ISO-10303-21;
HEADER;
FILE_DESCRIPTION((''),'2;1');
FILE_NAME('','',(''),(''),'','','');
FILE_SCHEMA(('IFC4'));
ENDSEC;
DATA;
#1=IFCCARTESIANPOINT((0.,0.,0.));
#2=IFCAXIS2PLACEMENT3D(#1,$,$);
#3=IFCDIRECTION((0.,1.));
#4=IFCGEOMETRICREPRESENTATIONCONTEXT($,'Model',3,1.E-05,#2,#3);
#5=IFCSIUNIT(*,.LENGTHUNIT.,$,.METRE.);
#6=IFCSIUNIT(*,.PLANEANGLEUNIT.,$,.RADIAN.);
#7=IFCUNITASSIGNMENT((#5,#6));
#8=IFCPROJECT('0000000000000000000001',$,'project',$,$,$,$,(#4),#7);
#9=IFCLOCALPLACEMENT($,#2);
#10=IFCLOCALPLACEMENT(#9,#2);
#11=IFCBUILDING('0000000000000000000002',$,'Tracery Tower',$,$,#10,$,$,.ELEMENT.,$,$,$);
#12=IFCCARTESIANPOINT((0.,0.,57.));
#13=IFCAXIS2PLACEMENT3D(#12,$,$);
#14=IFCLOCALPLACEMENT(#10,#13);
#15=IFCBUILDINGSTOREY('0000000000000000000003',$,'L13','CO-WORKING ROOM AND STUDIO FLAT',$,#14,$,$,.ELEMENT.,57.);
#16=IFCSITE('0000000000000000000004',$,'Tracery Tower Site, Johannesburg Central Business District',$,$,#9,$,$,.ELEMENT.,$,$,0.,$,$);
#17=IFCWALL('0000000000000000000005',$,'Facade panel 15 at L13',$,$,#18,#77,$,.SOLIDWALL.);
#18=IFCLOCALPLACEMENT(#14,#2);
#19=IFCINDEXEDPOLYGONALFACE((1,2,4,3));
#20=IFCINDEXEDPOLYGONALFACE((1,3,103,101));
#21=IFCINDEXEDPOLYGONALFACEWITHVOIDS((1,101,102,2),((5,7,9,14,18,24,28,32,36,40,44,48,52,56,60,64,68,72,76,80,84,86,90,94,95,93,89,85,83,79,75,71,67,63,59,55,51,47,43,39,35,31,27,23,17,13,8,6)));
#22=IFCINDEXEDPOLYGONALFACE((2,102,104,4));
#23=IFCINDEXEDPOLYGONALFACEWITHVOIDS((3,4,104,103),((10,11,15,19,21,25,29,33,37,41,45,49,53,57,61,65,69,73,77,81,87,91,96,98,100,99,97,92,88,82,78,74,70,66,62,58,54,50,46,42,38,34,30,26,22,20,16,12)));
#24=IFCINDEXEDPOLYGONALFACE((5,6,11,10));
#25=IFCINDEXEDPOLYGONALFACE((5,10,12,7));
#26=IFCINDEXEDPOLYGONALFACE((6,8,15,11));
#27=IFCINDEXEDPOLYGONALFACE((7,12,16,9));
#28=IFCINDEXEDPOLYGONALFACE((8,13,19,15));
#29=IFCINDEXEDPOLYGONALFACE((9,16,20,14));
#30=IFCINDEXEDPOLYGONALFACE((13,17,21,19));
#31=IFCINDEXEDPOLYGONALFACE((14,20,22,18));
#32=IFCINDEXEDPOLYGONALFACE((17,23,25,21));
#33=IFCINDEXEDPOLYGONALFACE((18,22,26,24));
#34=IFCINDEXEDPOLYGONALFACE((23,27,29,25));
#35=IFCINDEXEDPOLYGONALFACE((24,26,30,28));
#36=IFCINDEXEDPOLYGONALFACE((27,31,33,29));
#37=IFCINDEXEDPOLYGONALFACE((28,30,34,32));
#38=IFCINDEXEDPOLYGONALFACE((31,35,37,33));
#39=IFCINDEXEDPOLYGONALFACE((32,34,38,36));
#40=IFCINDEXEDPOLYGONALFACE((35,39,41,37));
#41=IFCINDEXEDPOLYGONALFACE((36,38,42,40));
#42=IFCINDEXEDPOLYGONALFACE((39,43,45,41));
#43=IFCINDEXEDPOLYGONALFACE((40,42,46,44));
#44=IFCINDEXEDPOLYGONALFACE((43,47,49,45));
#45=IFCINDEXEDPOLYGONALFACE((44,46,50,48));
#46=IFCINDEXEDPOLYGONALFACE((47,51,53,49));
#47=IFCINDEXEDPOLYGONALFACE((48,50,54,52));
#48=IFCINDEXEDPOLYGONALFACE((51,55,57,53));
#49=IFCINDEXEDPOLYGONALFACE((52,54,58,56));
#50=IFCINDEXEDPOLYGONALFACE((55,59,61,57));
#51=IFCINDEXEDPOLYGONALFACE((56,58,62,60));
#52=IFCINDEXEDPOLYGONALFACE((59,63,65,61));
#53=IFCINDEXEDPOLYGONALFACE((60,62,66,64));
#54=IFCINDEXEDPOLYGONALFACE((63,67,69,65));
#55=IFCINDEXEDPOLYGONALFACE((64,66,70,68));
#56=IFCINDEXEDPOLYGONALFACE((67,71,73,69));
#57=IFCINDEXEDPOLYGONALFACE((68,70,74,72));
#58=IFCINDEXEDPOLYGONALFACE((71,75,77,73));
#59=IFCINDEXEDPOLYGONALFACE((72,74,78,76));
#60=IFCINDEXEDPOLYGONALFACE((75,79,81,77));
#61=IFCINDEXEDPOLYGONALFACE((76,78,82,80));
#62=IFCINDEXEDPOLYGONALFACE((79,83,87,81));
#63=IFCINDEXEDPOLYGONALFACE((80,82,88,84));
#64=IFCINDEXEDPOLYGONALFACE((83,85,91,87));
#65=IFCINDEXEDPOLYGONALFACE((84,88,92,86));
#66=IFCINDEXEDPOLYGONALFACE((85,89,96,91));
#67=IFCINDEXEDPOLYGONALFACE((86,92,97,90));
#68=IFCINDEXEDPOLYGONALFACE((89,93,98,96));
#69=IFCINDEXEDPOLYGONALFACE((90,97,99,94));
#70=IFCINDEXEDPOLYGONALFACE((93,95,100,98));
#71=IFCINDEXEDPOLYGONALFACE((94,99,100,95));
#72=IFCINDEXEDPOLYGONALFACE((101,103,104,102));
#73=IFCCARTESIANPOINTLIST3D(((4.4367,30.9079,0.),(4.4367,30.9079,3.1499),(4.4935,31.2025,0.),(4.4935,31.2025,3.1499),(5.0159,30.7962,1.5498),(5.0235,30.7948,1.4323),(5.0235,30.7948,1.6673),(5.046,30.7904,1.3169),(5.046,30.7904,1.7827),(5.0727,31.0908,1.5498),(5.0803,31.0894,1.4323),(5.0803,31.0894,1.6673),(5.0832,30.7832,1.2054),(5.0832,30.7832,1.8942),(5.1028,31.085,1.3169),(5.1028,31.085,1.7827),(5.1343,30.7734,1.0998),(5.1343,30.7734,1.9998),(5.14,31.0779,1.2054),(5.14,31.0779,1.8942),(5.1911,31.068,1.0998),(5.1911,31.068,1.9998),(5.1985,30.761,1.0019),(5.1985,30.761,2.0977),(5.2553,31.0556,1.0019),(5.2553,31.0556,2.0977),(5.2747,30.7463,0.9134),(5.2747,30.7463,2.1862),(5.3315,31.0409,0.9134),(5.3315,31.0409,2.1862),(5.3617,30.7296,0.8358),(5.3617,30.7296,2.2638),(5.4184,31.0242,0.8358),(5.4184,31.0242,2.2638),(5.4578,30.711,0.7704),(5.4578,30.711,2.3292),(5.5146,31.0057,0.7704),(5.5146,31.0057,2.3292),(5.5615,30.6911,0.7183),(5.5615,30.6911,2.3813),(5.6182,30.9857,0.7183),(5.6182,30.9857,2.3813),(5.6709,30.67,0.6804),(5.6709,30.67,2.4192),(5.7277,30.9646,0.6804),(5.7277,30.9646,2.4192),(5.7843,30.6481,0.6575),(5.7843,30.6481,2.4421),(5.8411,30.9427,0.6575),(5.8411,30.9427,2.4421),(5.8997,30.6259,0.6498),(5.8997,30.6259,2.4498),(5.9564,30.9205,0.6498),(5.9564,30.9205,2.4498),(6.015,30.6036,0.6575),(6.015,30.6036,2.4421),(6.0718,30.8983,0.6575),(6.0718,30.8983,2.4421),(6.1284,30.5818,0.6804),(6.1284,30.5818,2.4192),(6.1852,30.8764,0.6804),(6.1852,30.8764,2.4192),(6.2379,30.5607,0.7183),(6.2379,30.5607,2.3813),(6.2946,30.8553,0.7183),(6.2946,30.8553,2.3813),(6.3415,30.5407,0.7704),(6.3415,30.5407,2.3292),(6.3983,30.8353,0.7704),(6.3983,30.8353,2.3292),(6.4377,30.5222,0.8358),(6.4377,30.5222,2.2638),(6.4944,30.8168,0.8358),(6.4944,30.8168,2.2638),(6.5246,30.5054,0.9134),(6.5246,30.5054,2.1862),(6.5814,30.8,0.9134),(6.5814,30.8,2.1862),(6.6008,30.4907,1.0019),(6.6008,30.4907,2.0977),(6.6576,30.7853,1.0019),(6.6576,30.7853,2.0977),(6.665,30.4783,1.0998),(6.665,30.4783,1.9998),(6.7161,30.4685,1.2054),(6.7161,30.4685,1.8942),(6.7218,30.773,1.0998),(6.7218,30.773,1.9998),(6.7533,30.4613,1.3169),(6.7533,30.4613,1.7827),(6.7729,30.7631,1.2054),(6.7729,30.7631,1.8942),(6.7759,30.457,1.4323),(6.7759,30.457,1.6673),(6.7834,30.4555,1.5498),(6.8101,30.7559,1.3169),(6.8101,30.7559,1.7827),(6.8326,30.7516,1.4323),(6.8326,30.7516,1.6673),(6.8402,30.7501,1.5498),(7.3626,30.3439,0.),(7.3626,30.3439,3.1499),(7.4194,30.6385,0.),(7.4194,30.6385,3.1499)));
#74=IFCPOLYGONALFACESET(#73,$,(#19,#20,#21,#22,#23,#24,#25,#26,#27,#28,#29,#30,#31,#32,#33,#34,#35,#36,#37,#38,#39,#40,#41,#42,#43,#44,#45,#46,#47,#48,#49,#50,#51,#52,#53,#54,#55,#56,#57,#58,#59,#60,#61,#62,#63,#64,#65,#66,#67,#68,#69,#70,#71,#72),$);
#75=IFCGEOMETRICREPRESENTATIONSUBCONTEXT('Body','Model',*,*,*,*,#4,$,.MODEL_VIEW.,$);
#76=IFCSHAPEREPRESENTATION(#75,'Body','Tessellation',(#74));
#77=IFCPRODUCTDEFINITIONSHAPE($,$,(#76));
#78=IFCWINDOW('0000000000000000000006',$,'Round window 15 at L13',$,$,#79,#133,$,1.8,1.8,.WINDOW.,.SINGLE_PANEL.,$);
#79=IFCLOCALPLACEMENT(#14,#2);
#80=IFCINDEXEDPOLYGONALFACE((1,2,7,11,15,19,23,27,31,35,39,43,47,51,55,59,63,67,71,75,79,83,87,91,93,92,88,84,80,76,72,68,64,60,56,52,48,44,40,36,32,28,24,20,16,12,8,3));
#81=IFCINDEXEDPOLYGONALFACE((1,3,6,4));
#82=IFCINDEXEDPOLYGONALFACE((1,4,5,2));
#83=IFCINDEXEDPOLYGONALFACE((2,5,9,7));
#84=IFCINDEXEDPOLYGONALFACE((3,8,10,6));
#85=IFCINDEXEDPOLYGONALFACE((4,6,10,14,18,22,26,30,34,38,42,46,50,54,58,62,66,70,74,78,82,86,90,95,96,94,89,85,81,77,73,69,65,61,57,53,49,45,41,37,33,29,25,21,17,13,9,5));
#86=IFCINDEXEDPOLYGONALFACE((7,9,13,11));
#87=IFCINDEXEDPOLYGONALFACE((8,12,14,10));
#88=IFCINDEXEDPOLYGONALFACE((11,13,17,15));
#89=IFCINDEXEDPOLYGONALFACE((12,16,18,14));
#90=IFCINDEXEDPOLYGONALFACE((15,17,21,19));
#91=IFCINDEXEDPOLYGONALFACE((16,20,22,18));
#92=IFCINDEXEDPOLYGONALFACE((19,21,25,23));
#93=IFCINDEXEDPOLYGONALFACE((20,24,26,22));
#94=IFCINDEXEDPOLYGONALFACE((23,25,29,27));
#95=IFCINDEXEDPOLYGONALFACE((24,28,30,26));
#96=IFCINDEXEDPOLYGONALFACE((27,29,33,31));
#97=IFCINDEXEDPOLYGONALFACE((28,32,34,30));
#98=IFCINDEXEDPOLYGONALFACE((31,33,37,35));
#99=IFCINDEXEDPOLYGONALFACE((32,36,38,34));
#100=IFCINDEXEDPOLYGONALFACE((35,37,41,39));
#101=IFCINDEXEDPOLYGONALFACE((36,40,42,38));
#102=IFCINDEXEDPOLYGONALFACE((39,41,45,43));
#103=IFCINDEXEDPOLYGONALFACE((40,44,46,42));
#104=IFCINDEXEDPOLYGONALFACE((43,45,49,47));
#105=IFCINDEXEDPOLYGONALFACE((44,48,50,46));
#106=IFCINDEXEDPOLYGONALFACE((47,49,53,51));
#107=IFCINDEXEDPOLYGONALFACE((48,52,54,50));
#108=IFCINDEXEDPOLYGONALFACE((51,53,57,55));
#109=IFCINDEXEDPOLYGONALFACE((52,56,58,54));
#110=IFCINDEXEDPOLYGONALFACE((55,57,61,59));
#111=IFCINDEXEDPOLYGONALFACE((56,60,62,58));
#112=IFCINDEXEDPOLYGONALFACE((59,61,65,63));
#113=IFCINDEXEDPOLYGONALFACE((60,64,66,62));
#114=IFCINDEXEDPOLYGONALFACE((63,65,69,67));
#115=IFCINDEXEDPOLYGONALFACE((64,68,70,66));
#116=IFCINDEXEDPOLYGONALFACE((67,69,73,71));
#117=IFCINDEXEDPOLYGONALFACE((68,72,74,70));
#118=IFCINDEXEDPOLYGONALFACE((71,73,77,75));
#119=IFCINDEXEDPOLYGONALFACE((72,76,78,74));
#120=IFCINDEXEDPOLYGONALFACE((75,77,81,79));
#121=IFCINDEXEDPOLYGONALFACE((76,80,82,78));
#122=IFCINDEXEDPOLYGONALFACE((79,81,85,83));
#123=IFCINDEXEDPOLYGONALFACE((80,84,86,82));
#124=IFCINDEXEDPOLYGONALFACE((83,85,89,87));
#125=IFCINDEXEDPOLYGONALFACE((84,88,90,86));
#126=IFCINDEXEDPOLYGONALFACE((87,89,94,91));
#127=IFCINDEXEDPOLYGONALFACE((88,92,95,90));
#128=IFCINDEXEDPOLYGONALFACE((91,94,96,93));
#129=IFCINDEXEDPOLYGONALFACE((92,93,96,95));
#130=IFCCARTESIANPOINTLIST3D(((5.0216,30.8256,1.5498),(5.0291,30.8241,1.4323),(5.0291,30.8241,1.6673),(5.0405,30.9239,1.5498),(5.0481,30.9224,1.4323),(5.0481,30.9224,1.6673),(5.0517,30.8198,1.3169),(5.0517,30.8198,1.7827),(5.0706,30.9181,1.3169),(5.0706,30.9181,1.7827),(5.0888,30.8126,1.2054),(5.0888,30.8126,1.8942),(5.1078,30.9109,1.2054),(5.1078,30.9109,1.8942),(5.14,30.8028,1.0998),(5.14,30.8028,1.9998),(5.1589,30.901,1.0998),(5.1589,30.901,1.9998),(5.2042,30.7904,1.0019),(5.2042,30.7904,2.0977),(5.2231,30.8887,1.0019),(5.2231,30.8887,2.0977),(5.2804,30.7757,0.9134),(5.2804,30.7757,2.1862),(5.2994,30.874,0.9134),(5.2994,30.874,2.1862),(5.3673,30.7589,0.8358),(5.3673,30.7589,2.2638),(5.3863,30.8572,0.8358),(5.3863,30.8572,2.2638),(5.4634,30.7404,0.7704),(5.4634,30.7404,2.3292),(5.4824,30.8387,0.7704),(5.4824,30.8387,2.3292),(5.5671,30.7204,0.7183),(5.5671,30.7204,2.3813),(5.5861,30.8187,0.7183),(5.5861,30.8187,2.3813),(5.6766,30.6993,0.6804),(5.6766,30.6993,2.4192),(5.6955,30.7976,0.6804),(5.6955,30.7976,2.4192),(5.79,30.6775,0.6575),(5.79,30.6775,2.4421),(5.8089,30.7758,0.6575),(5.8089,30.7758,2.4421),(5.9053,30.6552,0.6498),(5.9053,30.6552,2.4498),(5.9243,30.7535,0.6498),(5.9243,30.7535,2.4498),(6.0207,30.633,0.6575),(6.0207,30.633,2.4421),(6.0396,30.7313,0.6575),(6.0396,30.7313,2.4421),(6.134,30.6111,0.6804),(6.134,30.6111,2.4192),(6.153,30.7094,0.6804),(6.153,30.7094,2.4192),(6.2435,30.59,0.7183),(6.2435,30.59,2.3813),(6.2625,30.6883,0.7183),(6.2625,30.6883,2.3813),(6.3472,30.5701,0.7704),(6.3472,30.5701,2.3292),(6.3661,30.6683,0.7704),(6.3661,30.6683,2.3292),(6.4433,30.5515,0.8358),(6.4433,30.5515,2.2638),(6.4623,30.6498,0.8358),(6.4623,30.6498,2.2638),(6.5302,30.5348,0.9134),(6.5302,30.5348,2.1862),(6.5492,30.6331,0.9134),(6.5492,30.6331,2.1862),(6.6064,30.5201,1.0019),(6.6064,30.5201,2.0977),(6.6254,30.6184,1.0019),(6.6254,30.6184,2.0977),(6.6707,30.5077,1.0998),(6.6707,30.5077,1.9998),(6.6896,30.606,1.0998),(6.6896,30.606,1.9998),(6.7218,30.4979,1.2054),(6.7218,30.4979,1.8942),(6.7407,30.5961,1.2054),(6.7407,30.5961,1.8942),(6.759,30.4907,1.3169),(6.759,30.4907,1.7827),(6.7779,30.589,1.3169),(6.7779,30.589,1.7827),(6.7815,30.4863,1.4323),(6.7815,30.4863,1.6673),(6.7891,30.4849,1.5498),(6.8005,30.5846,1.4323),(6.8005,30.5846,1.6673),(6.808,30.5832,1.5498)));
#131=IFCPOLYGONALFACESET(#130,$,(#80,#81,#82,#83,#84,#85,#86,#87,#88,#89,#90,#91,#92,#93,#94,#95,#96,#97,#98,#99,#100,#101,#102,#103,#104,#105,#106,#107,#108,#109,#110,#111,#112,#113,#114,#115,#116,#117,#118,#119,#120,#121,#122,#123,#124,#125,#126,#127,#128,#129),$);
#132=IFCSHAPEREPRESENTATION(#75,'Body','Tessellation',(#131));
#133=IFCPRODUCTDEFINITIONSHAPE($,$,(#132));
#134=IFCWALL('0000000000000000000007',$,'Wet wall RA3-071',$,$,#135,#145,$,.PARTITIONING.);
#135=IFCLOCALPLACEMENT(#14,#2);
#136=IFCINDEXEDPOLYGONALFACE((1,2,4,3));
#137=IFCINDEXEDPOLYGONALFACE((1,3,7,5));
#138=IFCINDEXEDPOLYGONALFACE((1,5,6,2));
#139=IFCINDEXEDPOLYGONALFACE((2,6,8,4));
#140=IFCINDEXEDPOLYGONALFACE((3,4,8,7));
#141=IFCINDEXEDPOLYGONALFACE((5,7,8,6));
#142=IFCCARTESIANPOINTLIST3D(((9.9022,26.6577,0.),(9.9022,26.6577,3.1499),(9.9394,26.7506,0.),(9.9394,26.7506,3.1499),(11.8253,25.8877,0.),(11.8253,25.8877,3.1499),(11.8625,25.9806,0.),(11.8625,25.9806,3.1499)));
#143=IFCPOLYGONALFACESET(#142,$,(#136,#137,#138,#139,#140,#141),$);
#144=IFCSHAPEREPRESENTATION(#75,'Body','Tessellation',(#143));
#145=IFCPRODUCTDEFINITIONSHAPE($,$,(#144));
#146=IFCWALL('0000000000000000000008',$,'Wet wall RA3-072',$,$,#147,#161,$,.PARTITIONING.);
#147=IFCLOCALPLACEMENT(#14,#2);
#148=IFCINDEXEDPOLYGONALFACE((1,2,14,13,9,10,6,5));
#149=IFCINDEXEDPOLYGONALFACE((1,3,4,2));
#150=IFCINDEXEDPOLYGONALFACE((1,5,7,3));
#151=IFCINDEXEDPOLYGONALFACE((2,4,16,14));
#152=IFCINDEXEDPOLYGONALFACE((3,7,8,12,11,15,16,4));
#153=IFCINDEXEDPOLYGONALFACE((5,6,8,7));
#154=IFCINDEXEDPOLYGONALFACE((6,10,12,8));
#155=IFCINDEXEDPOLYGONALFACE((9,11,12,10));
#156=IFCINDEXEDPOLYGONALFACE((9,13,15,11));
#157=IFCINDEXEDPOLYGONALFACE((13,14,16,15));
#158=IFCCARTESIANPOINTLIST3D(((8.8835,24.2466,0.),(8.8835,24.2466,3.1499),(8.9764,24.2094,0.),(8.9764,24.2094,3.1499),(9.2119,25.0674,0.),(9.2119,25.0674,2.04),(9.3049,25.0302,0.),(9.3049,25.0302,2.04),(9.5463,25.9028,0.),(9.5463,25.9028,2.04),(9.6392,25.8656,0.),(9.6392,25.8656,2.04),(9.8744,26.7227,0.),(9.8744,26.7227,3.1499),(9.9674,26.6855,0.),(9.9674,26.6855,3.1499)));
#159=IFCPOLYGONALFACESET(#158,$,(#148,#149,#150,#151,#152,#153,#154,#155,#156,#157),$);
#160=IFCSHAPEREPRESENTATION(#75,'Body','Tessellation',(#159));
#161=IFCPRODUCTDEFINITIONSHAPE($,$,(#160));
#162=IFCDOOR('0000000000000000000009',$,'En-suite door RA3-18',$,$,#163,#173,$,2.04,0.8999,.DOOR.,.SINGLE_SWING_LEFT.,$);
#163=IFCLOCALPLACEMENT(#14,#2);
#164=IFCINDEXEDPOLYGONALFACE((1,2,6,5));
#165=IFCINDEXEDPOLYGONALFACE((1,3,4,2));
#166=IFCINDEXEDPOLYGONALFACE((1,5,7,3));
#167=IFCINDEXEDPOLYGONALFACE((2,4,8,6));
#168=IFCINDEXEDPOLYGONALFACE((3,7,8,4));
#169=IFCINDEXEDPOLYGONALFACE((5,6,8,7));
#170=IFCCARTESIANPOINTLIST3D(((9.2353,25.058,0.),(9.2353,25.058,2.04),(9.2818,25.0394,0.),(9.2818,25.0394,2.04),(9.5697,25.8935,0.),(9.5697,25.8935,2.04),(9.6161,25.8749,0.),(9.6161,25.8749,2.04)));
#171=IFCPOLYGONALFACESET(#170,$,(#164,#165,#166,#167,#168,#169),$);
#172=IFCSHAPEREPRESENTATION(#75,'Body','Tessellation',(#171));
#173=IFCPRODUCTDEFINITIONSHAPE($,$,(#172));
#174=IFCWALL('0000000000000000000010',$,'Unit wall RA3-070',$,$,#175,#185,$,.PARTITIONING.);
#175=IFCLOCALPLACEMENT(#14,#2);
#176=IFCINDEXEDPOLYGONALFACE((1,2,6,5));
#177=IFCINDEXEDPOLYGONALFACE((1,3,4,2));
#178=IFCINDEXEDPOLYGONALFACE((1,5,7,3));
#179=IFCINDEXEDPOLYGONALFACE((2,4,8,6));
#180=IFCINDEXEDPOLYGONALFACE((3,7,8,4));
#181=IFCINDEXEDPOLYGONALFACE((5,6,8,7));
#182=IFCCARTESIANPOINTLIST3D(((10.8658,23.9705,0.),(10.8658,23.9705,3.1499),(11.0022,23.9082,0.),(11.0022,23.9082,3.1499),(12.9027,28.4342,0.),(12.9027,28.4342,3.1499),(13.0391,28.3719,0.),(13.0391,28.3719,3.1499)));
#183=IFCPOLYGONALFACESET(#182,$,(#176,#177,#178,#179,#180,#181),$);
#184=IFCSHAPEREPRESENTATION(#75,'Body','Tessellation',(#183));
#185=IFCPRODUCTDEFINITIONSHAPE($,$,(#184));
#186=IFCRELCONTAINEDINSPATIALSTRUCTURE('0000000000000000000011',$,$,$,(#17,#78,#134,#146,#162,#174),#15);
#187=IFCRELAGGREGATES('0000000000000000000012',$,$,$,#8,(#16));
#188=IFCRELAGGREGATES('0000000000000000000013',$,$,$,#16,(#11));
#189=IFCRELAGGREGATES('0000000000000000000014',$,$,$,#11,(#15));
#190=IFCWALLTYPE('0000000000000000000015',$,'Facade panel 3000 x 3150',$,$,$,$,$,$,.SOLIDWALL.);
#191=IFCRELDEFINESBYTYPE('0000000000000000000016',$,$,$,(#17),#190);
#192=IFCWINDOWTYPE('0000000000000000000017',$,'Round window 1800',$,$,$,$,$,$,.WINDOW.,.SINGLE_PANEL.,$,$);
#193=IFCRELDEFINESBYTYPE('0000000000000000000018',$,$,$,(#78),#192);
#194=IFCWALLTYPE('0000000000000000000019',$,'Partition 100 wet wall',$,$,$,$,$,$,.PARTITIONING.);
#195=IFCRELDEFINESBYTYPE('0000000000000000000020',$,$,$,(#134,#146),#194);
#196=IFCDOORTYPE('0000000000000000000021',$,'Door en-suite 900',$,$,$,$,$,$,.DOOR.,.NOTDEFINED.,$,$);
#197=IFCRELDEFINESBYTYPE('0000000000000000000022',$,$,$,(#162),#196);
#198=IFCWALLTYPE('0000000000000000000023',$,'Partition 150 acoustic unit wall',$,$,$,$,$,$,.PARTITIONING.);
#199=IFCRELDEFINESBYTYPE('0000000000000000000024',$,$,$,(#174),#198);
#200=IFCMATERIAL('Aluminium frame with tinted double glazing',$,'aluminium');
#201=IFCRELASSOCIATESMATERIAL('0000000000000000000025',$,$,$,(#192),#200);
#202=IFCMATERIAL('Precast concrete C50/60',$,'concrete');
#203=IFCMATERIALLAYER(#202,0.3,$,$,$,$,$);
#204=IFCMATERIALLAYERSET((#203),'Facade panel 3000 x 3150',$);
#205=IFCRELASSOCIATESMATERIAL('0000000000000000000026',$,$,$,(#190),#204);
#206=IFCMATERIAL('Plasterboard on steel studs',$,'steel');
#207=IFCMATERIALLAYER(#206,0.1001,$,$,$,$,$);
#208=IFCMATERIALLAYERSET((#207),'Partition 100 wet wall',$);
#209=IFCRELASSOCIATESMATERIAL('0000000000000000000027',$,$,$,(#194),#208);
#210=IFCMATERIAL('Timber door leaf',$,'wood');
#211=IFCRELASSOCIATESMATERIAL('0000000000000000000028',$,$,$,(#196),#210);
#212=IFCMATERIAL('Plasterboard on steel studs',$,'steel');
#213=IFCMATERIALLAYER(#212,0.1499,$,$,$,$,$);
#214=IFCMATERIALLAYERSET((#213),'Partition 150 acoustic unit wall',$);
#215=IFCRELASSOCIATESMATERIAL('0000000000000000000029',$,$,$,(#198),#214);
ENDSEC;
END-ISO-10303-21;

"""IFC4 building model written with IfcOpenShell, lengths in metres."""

from ifc_helpers import new_model, si_unit, direction, frame, frame_2d, origin, origin_2d, place, context, subcontext, project, spatial, rectangle, circle, extrude, material, layer, layer_set, type_object, element, fill, save


model = new_model("IFC4")

# Units and contexts
model_context = context("Model", 3, precision=1e-05, world=origin(), true_north=direction((0.0, 1.0)))
body_context = subcontext(model_context, "Body", "Model", "MODEL_VIEW")
ifc_project = project(units=[si_unit("LENGTHUNIT", "METRE"), si_unit("PLANEANGLEUNIT", "RADIAN")], contexts=[model_context])

# Site, building, storey
site_placement = place(None, origin())
site = spatial("IfcSite", under=ifc_project, at=site_placement, Name="Tracery Tower Site, Johannesburg Central Business District", CompositionType="ELEMENT", RefElevation=0.0)
building_placement = place(site_placement, origin())
building = spatial("IfcBuilding", under=site, at=building_placement, Name="Tracery Tower", CompositionType="ELEMENT")
storey_placement = place(building_placement, frame((0.0, 0.0, 57.0)))
storey = spatial("IfcBuildingStorey", under=building, at=storey_placement, Name="L13", Description="CO-WORKING ROOM AND STUDIO FLAT", CompositionType="ELEMENT", Elevation=57.0)

# Wall, opening, window
ifc_material_1 = material(Name="Aluminium frame with tinted double glazing", Category="aluminium")
window_type = type_object("IfcWindowType", Name="Round window 1800", PartitioningType="SINGLE_PANEL", PredefinedType="WINDOW", material=ifc_material_1)
ifc_material_2 = material(Name="Precast concrete C50/60", Category="concrete")
ifc_layer_1 = layer(ifc_material_2, 0.3)
ifc_layer_set_1 = layer_set([ifc_layer_1], Name="Facade panel 3000 x 3150")
wall_type_1 = type_object("IfcWallType", Name="Facade panel 3000 x 3150", PredefinedType="SOLIDWALL", material=ifc_layer_set_1)
wall_1_placement = place(storey_placement, frame((7.3909, 30.4912, 0.0), z_axis=(0.0, 0.0, 1.0), x_axis=(-0.981925, 0.189273, 0.0)))
wall_1 = element("IfcWall", 1, at=wall_1_placement, inside=storey, type_object=wall_type_1, Name="Facade panel 15 at L13", PredefinedType="SOLIDWALL", context=body_context, shape_type="SweptSolid", body=[
    extrude(rectangle(XDim=2.9797, YDim=0.3, at=frame_2d((1.4897, 0.0))), origin(), (0.0, 0.0, 1.0), 3.1499),
])
opening_1_placement = place(wall_1_placement, frame((1.4897, 0.0, 1.5498)))
opening_1 = element("IfcOpeningElement", 2, at=opening_1_placement, cuts=wall_1, PredefinedType="OPENING", context=body_context, shape_type="SweptSolid", body=[
    extrude(circle(Radius=0.9, at=origin_2d()), frame((0.0, 0.1599, 0.0), z_axis=(0.0, -1.0, 0.0), x_axis=(1.0, 0.0, 0.0)), (0.0, 0.0, 1.0), 0.3201),
])
window_1_placement = place(opening_1_placement, origin())
window_1 = element("IfcWindow", 3, at=window_1_placement, inside=storey, type_object=window_type, Name="Round window 15 at L13", OverallHeight=1.8, OverallWidth=1.8, PartitioningType="SINGLE_PANEL", PredefinedType="WINDOW", context=body_context, shape_type="SweptSolid", body=[
    extrude(circle(Radius=0.9, at=origin_2d()), frame((0.0, 0.1201, 0.0), z_axis=(0.0, -1.0, 0.0), x_axis=(1.0, 0.0, 0.0)), (0.0, 0.0, 1.0), 0.1001),
])
fill(opening_1, window_1)

# Wall
ifc_material_3 = material(Name="Plasterboard on steel studs", Category="steel")
ifc_layer_2 = layer(ifc_material_3, 0.1001)
ifc_layer_set_2 = layer_set([ifc_layer_2], Name="Partition 100 wet wall")
wall_type_2 = type_object("IfcWallType", Name="Partition 100 wet wall", PredefinedType="PARTITIONING", material=ifc_layer_set_2)
wall_2_placement = place(storey_placement, frame((9.9209, 26.7041, 0.0), z_axis=(0.0, 0.0, 1.0), x_axis=(0.928347, -0.371716, 0.0)))
element("IfcWall", 4, at=wall_2_placement, inside=storey, type_object=wall_type_2, Name="Wet wall RA3-071", PredefinedType="PARTITIONING", context=body_context, shape_type="SweptSolid", body=[
    extrude(rectangle(XDim=2.0715, YDim=0.1001, at=frame_2d((1.0356, 0.0))), origin(), (0.0, 0.0, 1.0), 3.1499),
])

# Wall, opening, door
wall_3_placement = place(storey_placement, frame((8.9299, 24.228, 0.0), z_axis=(0.0, 0.0, 1.0), x_axis=(0.371564, 0.928407, 0.0)))
wall_3 = element("IfcWall", 5, at=wall_3_placement, inside=storey, type_object=wall_type_2, Name="Wet wall RA3-072", PredefinedType="PARTITIONING", context=body_context, shape_type="SweptSolid", body=[
    extrude(rectangle(XDim=2.667, YDim=0.1001, at=frame_2d((1.3335, 0.0))), origin(), (0.0, 0.0, 1.0), 3.1499),
])
opening_2_placement = place(wall_3_placement, frame((0.884, 0.0, 0.0)))
opening_2 = element("IfcOpeningElement", 6, at=opening_2_placement, cuts=wall_3, PredefinedType="OPENING", context=body_context, shape_type="SweptSolid", body=[
    extrude(rectangle(XDim=0.8999, YDim=2.04, at=frame_2d((0.45, 1.02))), frame((0.0, 0.05, 0.0), z_axis=(0.0, -1.0, 0.0), x_axis=(1.0, 0.0, 0.0)), (0.0, 0.0, 1.0), 0.1001),
])
ifc_material_4 = material(Name="Timber door leaf", Category="wood")
door_type_1 = type_object("IfcDoorType", Name="Door en-suite 900", OperationType="NOTDEFINED", PredefinedType="DOOR", material=ifc_material_4)
door_1_placement = place(opening_2_placement, origin())
door_1 = element("IfcDoor", 7, at=door_1_placement, inside=storey, type_object=door_type_1, Name="En-suite door RA3-18", OperationType="SINGLE_SWING_LEFT", OverallHeight=2.04, OverallWidth=0.8999, PredefinedType="DOOR", context=body_context, shape_type="SweptSolid", body=[
    extrude(rectangle(XDim=0.8999, YDim=2.04, at=frame_2d((0.45, 1.02))), frame((0.0, 0.0249, 0.0), z_axis=(0.0, -1.0, 0.0), x_axis=(1.0, 0.0, 0.0)), (0.0, 0.0, 1.0), 0.05),
])
fill(opening_2, door_1)

# Wall
ifc_material_5 = material(Name="Plasterboard on steel studs", Category="steel")
ifc_layer_3 = layer(ifc_material_5, 0.1499)
ifc_layer_set_3 = layer_set([ifc_layer_3], Name="Partition 150 acoustic unit wall")
wall_type_3 = type_object("IfcWallType", Name="Partition 150 acoustic unit wall", PredefinedType="PARTITIONING", material=ifc_layer_set_3)
wall_4_placement = place(storey_placement, frame((10.9341, 23.9395, 0.0), z_axis=(0.0, 0.0, 1.0), x_axis=(0.415145, 0.909755, 0.0)))
element("IfcWall", 8, at=wall_4_placement, inside=storey, type_object=wall_type_3, Name="Unit wall RA3-070", PredefinedType="PARTITIONING", context=body_context, shape_type="SweptSolid", body=[
    extrude(rectangle(XDim=4.9065, YDim=0.1499, at=frame_2d((2.4531, 0.0))), origin(), (0.0, 0.0, 1.0), 3.1499),
])

save(model, "model.ifc")
